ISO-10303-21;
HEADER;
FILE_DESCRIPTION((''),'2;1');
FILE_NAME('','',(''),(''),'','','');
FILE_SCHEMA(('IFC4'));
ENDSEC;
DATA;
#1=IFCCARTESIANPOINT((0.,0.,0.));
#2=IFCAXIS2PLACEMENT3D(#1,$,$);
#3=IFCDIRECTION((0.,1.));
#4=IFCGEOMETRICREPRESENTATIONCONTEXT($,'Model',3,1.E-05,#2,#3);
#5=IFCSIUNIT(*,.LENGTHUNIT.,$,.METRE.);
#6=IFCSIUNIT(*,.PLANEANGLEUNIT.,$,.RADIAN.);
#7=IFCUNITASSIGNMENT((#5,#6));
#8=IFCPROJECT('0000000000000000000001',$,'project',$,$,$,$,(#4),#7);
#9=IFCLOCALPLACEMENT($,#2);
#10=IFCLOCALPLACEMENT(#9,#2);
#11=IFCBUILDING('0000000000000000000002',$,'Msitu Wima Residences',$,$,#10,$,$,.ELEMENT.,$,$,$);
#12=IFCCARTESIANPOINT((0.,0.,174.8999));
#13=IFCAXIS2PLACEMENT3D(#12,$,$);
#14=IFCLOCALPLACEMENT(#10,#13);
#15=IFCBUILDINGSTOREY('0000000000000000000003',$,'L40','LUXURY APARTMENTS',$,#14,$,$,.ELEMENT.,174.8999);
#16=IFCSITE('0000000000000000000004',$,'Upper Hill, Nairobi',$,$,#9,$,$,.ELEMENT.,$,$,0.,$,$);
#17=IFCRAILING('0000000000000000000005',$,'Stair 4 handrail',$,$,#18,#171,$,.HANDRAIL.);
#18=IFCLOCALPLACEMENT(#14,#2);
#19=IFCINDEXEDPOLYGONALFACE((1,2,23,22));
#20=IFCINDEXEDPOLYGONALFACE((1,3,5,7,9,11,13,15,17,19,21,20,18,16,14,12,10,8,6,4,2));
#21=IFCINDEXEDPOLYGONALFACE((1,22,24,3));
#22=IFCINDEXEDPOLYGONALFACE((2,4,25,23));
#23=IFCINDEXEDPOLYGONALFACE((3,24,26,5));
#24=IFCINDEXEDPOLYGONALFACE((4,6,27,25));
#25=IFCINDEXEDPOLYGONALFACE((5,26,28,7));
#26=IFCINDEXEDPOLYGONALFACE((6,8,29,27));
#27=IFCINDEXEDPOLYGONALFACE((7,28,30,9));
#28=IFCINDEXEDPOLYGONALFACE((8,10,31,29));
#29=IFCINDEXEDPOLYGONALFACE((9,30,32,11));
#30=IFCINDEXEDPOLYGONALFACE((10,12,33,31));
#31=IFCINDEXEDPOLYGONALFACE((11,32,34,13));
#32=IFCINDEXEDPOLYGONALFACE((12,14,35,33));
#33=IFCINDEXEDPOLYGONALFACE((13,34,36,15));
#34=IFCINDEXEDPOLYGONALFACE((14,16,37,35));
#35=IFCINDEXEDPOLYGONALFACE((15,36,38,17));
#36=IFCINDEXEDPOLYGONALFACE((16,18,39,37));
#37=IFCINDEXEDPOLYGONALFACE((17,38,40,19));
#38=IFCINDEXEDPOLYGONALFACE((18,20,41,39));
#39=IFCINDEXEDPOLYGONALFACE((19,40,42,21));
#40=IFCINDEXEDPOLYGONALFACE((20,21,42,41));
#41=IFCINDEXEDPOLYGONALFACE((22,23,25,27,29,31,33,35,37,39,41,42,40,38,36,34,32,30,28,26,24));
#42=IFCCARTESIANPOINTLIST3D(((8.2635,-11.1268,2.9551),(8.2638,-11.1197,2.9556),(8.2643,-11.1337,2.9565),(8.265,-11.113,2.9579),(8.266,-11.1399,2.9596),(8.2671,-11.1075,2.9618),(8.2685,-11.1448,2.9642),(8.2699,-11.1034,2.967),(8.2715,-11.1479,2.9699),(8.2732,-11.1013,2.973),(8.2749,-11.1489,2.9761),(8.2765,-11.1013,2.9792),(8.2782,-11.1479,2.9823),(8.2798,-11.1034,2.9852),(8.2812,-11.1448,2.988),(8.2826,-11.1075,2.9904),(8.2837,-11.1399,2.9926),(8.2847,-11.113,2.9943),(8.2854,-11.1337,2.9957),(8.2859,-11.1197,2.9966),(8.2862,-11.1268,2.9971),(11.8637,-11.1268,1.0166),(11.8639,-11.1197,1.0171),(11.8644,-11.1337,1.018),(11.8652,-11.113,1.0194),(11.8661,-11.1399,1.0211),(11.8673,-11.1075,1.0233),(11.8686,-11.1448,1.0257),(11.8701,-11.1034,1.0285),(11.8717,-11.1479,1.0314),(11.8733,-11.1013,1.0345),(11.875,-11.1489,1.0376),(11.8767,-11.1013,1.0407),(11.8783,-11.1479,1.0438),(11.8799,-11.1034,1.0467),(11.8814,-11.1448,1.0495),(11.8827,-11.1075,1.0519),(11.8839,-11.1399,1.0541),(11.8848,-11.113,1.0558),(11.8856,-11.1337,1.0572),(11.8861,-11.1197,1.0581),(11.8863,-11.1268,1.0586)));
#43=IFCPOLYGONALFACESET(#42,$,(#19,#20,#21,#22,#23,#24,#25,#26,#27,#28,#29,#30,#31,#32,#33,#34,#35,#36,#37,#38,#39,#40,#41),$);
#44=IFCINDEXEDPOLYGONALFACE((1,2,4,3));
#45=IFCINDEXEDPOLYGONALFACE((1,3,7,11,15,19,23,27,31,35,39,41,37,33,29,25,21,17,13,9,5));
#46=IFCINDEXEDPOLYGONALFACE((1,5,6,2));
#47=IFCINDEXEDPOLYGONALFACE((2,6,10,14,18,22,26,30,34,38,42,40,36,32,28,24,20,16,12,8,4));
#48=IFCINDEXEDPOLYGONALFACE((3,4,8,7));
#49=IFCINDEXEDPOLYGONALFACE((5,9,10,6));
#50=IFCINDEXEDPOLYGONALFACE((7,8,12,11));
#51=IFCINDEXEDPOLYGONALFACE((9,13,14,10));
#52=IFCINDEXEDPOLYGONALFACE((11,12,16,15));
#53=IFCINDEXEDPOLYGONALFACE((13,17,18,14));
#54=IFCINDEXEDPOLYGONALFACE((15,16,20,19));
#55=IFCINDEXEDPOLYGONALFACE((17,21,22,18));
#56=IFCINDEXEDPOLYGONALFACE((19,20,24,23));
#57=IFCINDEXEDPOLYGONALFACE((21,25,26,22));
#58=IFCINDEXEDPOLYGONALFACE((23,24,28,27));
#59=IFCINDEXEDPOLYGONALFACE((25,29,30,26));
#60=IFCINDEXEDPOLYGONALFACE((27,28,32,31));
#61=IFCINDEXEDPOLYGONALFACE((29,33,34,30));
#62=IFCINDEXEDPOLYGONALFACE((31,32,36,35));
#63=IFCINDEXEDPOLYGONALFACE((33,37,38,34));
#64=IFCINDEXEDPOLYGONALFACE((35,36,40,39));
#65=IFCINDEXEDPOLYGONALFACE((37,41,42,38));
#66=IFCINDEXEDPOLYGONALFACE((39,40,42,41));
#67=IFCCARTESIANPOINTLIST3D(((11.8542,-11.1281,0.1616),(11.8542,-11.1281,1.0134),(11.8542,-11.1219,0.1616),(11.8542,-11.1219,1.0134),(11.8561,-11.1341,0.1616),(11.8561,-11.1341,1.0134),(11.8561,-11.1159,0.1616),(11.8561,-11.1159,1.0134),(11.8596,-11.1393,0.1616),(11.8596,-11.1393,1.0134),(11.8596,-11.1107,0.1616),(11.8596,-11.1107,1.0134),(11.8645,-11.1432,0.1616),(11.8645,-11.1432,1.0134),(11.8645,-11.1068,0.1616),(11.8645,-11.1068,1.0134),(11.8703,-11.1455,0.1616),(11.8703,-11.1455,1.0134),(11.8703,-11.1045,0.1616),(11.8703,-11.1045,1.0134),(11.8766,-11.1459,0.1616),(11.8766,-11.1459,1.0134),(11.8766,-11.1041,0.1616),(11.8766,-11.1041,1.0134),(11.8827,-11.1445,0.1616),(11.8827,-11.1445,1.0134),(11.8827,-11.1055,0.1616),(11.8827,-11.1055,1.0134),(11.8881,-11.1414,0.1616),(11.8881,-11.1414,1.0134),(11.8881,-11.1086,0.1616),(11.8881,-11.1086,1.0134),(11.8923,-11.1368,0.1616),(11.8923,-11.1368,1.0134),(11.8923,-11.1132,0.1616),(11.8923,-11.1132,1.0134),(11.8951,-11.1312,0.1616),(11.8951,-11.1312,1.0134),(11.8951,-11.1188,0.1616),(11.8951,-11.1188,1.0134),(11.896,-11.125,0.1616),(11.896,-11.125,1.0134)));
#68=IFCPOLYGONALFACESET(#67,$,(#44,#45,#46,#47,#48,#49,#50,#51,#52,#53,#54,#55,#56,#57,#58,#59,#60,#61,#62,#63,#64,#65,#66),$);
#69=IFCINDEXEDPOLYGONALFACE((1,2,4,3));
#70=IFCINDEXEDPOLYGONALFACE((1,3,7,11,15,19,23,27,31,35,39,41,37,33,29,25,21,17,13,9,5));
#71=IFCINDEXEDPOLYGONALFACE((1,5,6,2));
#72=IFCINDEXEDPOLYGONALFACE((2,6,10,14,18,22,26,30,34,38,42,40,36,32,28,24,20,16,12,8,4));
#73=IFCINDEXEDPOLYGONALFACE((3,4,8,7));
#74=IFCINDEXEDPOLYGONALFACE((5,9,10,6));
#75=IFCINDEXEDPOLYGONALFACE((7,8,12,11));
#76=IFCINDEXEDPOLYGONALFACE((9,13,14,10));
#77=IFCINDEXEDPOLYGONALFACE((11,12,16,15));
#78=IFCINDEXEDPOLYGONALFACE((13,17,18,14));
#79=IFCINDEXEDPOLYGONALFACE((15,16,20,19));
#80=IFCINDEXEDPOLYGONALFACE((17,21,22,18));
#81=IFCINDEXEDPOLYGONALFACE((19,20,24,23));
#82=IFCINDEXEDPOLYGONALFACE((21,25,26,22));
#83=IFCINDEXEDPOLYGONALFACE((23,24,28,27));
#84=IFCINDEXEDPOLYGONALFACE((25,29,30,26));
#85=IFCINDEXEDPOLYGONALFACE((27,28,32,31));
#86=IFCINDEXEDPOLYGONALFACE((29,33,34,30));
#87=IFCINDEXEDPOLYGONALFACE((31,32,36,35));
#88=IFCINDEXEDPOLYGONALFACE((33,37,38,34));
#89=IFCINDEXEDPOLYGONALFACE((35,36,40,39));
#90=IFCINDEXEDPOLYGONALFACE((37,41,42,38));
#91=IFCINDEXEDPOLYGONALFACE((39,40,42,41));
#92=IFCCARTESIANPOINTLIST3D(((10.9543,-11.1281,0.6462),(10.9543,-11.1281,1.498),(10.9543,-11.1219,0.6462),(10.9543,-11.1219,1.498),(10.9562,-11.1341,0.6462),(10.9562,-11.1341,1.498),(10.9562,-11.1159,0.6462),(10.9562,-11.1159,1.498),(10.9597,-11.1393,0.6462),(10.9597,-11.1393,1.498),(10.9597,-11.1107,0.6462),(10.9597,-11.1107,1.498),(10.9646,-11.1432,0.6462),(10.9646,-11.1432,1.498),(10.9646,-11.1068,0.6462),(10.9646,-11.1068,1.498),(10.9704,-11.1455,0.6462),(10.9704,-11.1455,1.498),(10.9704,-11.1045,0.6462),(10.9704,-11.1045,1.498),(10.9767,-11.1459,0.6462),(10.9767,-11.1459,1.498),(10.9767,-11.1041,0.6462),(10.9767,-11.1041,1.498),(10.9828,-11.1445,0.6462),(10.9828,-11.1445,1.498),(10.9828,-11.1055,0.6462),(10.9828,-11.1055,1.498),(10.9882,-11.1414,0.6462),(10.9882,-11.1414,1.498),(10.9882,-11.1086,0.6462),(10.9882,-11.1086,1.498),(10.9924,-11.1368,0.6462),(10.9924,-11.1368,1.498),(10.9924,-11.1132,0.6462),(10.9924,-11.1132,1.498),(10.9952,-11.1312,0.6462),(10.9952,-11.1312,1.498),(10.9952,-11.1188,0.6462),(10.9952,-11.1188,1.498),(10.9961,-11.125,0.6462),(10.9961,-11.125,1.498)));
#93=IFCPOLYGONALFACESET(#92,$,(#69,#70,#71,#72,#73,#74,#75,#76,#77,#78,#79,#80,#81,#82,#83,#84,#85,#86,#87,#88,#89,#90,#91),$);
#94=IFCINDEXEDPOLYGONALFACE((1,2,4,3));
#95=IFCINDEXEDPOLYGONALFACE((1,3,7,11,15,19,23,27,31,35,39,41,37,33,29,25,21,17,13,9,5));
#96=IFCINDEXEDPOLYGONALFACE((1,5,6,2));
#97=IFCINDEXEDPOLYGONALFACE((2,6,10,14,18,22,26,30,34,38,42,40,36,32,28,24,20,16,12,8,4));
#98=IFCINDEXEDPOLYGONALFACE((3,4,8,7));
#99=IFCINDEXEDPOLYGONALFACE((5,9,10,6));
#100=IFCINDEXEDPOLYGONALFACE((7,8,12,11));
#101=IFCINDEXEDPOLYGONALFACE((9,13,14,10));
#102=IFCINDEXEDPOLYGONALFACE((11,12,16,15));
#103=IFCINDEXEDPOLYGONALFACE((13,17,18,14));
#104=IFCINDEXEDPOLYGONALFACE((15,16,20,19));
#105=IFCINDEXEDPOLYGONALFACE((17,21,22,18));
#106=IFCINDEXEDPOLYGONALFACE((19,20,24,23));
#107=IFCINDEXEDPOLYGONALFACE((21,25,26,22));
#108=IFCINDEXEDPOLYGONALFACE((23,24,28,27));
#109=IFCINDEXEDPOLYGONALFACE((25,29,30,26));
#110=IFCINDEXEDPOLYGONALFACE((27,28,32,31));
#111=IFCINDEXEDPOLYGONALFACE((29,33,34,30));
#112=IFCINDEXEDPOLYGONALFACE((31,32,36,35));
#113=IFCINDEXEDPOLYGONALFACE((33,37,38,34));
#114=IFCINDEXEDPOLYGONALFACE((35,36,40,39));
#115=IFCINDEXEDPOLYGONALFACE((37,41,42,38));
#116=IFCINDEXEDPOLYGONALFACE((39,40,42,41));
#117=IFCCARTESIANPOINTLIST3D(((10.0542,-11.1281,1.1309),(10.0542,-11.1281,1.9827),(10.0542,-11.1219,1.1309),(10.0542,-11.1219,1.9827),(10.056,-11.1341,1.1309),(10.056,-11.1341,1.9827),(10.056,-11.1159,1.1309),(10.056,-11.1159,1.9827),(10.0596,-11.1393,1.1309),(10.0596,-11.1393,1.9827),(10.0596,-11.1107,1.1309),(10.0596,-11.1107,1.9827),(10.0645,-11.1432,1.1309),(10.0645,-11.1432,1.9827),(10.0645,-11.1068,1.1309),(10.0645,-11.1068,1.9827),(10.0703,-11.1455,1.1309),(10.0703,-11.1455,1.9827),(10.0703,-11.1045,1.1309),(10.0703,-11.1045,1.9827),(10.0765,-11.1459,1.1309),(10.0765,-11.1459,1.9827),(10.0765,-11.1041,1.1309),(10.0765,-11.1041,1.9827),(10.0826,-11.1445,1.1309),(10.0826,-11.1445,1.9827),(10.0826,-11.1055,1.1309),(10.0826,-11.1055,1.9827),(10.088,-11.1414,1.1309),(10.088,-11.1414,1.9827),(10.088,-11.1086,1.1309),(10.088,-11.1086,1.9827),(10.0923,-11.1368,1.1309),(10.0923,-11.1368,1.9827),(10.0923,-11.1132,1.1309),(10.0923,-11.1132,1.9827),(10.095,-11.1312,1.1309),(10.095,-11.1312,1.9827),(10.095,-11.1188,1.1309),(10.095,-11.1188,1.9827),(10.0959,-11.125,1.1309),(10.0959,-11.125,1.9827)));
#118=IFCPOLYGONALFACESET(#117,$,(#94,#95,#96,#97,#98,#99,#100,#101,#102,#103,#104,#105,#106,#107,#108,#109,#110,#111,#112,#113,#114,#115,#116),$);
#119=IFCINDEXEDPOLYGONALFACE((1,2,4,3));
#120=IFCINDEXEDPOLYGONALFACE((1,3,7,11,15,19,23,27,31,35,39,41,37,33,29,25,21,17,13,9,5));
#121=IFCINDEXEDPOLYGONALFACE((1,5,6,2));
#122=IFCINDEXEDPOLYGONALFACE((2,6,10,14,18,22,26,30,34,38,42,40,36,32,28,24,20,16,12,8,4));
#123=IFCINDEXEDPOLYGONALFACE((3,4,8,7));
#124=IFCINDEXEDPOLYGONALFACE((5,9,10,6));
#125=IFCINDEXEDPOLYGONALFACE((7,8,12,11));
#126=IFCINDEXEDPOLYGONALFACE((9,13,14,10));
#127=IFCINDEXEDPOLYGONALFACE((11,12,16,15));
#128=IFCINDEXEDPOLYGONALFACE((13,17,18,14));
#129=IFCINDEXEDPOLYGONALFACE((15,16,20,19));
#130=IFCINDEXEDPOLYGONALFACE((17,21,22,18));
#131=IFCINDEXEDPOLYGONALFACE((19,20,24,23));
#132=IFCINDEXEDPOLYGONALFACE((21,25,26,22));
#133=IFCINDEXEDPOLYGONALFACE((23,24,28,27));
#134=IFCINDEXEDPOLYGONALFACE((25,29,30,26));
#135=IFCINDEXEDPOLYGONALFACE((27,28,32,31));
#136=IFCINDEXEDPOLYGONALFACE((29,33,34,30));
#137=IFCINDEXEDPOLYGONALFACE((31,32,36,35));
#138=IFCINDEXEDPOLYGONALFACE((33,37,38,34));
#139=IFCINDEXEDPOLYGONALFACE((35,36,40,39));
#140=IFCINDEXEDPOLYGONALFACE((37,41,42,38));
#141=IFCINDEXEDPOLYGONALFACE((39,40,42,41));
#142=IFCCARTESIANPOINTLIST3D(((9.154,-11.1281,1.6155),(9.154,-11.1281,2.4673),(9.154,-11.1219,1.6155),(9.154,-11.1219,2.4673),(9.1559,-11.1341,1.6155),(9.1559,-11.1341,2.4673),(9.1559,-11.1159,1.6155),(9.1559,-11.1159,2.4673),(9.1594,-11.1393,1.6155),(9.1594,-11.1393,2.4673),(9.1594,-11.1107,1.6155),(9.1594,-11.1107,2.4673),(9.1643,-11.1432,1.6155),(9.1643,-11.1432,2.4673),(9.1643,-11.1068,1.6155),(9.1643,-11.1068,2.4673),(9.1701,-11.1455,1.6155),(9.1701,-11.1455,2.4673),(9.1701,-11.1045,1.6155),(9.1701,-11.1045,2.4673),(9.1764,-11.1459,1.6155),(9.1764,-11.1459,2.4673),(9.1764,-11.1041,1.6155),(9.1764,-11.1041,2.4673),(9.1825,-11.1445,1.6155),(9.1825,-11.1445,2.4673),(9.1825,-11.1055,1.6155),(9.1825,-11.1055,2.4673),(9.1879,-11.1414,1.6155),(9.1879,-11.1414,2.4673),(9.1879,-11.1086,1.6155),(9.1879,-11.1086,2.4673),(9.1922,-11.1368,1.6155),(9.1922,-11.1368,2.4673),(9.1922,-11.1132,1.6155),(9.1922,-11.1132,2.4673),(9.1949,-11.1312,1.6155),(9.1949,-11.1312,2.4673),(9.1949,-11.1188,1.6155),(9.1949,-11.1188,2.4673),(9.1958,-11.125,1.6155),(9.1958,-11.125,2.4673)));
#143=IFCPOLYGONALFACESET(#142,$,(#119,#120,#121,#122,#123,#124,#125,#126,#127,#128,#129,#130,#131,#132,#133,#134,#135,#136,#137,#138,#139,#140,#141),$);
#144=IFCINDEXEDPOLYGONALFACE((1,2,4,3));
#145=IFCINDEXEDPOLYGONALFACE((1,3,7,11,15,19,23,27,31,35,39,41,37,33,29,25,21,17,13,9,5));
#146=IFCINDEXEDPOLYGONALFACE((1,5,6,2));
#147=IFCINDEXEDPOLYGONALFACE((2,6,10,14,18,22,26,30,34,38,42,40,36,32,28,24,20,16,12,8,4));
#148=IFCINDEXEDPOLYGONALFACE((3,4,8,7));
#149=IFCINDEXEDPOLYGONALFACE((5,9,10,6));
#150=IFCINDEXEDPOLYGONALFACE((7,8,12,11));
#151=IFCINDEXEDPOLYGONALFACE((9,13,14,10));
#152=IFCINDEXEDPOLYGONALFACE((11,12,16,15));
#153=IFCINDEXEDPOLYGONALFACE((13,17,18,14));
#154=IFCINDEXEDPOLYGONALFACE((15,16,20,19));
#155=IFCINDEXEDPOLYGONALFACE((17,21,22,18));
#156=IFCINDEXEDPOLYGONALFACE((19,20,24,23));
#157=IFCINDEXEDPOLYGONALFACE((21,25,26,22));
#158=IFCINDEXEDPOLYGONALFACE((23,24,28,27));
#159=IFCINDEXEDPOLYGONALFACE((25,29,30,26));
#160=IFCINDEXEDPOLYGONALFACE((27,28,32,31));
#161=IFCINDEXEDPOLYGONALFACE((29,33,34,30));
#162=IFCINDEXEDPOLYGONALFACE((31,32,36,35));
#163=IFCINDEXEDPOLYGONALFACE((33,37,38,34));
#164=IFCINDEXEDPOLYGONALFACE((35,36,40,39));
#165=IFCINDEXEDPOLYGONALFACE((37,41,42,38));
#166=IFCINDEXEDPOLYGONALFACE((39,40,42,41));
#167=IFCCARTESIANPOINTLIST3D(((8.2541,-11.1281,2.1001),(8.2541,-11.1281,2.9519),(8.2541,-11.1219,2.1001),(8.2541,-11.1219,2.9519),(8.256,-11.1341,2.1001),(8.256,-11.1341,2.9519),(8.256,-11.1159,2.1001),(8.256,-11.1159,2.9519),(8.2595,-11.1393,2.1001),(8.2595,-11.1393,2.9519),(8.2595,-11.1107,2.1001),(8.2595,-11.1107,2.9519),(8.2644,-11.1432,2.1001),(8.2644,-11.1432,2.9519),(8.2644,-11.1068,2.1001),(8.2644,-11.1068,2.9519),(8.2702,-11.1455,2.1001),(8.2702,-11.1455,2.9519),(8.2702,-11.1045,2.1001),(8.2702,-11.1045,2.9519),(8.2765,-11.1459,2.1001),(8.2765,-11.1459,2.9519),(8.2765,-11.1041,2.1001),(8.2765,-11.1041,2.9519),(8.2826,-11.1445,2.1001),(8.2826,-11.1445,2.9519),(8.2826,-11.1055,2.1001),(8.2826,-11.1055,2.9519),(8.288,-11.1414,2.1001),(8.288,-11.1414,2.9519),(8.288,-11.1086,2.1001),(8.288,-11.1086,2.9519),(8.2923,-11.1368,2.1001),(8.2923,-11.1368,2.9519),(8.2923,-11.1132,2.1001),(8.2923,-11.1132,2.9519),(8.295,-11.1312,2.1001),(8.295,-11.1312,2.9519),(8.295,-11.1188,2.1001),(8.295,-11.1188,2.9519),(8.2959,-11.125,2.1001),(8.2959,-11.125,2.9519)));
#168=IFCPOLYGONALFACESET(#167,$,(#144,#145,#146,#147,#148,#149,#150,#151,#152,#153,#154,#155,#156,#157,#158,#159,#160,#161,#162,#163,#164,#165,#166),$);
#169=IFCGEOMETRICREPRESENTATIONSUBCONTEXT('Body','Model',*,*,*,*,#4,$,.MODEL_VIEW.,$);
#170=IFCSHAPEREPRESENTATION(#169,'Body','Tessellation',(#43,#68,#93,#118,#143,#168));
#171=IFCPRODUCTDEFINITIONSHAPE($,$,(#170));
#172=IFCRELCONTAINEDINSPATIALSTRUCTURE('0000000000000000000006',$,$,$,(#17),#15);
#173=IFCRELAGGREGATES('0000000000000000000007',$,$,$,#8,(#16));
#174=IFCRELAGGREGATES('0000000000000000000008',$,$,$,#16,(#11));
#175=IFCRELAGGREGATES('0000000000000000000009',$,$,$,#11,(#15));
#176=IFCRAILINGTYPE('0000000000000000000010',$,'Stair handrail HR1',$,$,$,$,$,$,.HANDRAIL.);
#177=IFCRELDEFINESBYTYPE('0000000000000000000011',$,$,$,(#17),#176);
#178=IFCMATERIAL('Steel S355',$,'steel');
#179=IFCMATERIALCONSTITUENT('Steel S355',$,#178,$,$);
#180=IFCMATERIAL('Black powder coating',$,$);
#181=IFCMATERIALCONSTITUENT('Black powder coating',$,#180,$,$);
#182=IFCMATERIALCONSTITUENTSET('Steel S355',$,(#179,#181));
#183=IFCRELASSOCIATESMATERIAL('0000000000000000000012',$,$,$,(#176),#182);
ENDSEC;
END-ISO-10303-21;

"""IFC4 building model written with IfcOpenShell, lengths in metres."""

from ifc_helpers import new_model, si_unit, direction, frame, origin, origin_2d, place, context, subcontext, project, spatial, circle, extrude, material, constituent, constituent_set, type_object, element, save


model = new_model("IFC4")

# Units and contexts
model_context = context("Model", 3, precision=1e-05, world=origin(), true_north=direction((0.0, 1.0)))
body_context = subcontext(model_context, "Body", "Model", "MODEL_VIEW")
ifc_project = project(units=[si_unit("LENGTHUNIT", "METRE"), si_unit("PLANEANGLEUNIT", "RADIAN")], contexts=[model_context])

# Site, building, storey
site_placement = place(None, origin())
site = spatial("IfcSite", under=ifc_project, at=site_placement, Name="Upper Hill, Nairobi", CompositionType="ELEMENT", RefElevation=0.0)
building_placement = place(site_placement, origin())
building = spatial("IfcBuilding", under=site, at=building_placement, Name="Msitu Wima Residences", CompositionType="ELEMENT")
storey_placement = place(building_placement, frame((0.0, 0.0, 174.8999)))
storey = spatial("IfcBuildingStorey", under=building, at=storey_placement, Name="L40", Description="LUXURY APARTMENTS", CompositionType="ELEMENT", Elevation=174.8999)

# Railing
ifc_material_1 = material(Name="Steel S355", Category="steel")
ifc_constituent_1 = constituent(ifc_material_1, Name="Steel S355")
ifc_material_2 = material(Name="Black powder coating")
ifc_constituent_2 = constituent(ifc_material_2, Name="Black powder coating")
ifc_constituent_set = constituent_set(constituents=[ifc_constituent_1, ifc_constituent_2], Name="Steel S355")
railing_type = type_object("IfcRailingType", Name="Stair handrail HR1", PredefinedType="HANDRAIL", material=ifc_constituent_set)
for number, where, name in (
    (1, (11.875, -11.125, 0.1616), "Stair 4 handrail"),
):
    element("IfcRailing", number, at=place(storey_placement, frame(where)), inside=storey, type_object=railing_type, Name=name, PredefinedType="HANDRAIL", context=body_context, shape_type="SweptSolid", body=[
        extrude(circle(Radius=0.0239, at=origin_2d()), frame((0.0, 0.0, 0.876), z_axis=(-0.880475, 0.0, 0.474093), x_axis=(0.0, -1.0, 0.0)), (0.0, 0.0, 1.0), 4.0889),
        extrude(circle(Radius=0.021, at=origin_2d()), origin(), (0.0, 0.0, 1.0), 0.8518),
        extrude(circle(Radius=0.021, at=origin_2d()), frame((-0.8999, 0.0, 0.4846)), (0.0, 0.0, 1.0), 0.8518),
        extrude(circle(Radius=0.021, at=origin_2d()), frame((-1.8, 0.0, 0.9692)), (0.0, 0.0, 1.0), 0.8518),
        extrude(circle(Radius=0.021, at=origin_2d()), frame((-2.7002, 0.0, 1.4539)), (0.0, 0.0, 1.0), 0.8518),
        extrude(circle(Radius=0.021, at=origin_2d()), frame((-3.6001, 0.0, 1.9385)), (0.0, 0.0, 1.0), 0.8518),
    ])

save(model, "model.ifc")
